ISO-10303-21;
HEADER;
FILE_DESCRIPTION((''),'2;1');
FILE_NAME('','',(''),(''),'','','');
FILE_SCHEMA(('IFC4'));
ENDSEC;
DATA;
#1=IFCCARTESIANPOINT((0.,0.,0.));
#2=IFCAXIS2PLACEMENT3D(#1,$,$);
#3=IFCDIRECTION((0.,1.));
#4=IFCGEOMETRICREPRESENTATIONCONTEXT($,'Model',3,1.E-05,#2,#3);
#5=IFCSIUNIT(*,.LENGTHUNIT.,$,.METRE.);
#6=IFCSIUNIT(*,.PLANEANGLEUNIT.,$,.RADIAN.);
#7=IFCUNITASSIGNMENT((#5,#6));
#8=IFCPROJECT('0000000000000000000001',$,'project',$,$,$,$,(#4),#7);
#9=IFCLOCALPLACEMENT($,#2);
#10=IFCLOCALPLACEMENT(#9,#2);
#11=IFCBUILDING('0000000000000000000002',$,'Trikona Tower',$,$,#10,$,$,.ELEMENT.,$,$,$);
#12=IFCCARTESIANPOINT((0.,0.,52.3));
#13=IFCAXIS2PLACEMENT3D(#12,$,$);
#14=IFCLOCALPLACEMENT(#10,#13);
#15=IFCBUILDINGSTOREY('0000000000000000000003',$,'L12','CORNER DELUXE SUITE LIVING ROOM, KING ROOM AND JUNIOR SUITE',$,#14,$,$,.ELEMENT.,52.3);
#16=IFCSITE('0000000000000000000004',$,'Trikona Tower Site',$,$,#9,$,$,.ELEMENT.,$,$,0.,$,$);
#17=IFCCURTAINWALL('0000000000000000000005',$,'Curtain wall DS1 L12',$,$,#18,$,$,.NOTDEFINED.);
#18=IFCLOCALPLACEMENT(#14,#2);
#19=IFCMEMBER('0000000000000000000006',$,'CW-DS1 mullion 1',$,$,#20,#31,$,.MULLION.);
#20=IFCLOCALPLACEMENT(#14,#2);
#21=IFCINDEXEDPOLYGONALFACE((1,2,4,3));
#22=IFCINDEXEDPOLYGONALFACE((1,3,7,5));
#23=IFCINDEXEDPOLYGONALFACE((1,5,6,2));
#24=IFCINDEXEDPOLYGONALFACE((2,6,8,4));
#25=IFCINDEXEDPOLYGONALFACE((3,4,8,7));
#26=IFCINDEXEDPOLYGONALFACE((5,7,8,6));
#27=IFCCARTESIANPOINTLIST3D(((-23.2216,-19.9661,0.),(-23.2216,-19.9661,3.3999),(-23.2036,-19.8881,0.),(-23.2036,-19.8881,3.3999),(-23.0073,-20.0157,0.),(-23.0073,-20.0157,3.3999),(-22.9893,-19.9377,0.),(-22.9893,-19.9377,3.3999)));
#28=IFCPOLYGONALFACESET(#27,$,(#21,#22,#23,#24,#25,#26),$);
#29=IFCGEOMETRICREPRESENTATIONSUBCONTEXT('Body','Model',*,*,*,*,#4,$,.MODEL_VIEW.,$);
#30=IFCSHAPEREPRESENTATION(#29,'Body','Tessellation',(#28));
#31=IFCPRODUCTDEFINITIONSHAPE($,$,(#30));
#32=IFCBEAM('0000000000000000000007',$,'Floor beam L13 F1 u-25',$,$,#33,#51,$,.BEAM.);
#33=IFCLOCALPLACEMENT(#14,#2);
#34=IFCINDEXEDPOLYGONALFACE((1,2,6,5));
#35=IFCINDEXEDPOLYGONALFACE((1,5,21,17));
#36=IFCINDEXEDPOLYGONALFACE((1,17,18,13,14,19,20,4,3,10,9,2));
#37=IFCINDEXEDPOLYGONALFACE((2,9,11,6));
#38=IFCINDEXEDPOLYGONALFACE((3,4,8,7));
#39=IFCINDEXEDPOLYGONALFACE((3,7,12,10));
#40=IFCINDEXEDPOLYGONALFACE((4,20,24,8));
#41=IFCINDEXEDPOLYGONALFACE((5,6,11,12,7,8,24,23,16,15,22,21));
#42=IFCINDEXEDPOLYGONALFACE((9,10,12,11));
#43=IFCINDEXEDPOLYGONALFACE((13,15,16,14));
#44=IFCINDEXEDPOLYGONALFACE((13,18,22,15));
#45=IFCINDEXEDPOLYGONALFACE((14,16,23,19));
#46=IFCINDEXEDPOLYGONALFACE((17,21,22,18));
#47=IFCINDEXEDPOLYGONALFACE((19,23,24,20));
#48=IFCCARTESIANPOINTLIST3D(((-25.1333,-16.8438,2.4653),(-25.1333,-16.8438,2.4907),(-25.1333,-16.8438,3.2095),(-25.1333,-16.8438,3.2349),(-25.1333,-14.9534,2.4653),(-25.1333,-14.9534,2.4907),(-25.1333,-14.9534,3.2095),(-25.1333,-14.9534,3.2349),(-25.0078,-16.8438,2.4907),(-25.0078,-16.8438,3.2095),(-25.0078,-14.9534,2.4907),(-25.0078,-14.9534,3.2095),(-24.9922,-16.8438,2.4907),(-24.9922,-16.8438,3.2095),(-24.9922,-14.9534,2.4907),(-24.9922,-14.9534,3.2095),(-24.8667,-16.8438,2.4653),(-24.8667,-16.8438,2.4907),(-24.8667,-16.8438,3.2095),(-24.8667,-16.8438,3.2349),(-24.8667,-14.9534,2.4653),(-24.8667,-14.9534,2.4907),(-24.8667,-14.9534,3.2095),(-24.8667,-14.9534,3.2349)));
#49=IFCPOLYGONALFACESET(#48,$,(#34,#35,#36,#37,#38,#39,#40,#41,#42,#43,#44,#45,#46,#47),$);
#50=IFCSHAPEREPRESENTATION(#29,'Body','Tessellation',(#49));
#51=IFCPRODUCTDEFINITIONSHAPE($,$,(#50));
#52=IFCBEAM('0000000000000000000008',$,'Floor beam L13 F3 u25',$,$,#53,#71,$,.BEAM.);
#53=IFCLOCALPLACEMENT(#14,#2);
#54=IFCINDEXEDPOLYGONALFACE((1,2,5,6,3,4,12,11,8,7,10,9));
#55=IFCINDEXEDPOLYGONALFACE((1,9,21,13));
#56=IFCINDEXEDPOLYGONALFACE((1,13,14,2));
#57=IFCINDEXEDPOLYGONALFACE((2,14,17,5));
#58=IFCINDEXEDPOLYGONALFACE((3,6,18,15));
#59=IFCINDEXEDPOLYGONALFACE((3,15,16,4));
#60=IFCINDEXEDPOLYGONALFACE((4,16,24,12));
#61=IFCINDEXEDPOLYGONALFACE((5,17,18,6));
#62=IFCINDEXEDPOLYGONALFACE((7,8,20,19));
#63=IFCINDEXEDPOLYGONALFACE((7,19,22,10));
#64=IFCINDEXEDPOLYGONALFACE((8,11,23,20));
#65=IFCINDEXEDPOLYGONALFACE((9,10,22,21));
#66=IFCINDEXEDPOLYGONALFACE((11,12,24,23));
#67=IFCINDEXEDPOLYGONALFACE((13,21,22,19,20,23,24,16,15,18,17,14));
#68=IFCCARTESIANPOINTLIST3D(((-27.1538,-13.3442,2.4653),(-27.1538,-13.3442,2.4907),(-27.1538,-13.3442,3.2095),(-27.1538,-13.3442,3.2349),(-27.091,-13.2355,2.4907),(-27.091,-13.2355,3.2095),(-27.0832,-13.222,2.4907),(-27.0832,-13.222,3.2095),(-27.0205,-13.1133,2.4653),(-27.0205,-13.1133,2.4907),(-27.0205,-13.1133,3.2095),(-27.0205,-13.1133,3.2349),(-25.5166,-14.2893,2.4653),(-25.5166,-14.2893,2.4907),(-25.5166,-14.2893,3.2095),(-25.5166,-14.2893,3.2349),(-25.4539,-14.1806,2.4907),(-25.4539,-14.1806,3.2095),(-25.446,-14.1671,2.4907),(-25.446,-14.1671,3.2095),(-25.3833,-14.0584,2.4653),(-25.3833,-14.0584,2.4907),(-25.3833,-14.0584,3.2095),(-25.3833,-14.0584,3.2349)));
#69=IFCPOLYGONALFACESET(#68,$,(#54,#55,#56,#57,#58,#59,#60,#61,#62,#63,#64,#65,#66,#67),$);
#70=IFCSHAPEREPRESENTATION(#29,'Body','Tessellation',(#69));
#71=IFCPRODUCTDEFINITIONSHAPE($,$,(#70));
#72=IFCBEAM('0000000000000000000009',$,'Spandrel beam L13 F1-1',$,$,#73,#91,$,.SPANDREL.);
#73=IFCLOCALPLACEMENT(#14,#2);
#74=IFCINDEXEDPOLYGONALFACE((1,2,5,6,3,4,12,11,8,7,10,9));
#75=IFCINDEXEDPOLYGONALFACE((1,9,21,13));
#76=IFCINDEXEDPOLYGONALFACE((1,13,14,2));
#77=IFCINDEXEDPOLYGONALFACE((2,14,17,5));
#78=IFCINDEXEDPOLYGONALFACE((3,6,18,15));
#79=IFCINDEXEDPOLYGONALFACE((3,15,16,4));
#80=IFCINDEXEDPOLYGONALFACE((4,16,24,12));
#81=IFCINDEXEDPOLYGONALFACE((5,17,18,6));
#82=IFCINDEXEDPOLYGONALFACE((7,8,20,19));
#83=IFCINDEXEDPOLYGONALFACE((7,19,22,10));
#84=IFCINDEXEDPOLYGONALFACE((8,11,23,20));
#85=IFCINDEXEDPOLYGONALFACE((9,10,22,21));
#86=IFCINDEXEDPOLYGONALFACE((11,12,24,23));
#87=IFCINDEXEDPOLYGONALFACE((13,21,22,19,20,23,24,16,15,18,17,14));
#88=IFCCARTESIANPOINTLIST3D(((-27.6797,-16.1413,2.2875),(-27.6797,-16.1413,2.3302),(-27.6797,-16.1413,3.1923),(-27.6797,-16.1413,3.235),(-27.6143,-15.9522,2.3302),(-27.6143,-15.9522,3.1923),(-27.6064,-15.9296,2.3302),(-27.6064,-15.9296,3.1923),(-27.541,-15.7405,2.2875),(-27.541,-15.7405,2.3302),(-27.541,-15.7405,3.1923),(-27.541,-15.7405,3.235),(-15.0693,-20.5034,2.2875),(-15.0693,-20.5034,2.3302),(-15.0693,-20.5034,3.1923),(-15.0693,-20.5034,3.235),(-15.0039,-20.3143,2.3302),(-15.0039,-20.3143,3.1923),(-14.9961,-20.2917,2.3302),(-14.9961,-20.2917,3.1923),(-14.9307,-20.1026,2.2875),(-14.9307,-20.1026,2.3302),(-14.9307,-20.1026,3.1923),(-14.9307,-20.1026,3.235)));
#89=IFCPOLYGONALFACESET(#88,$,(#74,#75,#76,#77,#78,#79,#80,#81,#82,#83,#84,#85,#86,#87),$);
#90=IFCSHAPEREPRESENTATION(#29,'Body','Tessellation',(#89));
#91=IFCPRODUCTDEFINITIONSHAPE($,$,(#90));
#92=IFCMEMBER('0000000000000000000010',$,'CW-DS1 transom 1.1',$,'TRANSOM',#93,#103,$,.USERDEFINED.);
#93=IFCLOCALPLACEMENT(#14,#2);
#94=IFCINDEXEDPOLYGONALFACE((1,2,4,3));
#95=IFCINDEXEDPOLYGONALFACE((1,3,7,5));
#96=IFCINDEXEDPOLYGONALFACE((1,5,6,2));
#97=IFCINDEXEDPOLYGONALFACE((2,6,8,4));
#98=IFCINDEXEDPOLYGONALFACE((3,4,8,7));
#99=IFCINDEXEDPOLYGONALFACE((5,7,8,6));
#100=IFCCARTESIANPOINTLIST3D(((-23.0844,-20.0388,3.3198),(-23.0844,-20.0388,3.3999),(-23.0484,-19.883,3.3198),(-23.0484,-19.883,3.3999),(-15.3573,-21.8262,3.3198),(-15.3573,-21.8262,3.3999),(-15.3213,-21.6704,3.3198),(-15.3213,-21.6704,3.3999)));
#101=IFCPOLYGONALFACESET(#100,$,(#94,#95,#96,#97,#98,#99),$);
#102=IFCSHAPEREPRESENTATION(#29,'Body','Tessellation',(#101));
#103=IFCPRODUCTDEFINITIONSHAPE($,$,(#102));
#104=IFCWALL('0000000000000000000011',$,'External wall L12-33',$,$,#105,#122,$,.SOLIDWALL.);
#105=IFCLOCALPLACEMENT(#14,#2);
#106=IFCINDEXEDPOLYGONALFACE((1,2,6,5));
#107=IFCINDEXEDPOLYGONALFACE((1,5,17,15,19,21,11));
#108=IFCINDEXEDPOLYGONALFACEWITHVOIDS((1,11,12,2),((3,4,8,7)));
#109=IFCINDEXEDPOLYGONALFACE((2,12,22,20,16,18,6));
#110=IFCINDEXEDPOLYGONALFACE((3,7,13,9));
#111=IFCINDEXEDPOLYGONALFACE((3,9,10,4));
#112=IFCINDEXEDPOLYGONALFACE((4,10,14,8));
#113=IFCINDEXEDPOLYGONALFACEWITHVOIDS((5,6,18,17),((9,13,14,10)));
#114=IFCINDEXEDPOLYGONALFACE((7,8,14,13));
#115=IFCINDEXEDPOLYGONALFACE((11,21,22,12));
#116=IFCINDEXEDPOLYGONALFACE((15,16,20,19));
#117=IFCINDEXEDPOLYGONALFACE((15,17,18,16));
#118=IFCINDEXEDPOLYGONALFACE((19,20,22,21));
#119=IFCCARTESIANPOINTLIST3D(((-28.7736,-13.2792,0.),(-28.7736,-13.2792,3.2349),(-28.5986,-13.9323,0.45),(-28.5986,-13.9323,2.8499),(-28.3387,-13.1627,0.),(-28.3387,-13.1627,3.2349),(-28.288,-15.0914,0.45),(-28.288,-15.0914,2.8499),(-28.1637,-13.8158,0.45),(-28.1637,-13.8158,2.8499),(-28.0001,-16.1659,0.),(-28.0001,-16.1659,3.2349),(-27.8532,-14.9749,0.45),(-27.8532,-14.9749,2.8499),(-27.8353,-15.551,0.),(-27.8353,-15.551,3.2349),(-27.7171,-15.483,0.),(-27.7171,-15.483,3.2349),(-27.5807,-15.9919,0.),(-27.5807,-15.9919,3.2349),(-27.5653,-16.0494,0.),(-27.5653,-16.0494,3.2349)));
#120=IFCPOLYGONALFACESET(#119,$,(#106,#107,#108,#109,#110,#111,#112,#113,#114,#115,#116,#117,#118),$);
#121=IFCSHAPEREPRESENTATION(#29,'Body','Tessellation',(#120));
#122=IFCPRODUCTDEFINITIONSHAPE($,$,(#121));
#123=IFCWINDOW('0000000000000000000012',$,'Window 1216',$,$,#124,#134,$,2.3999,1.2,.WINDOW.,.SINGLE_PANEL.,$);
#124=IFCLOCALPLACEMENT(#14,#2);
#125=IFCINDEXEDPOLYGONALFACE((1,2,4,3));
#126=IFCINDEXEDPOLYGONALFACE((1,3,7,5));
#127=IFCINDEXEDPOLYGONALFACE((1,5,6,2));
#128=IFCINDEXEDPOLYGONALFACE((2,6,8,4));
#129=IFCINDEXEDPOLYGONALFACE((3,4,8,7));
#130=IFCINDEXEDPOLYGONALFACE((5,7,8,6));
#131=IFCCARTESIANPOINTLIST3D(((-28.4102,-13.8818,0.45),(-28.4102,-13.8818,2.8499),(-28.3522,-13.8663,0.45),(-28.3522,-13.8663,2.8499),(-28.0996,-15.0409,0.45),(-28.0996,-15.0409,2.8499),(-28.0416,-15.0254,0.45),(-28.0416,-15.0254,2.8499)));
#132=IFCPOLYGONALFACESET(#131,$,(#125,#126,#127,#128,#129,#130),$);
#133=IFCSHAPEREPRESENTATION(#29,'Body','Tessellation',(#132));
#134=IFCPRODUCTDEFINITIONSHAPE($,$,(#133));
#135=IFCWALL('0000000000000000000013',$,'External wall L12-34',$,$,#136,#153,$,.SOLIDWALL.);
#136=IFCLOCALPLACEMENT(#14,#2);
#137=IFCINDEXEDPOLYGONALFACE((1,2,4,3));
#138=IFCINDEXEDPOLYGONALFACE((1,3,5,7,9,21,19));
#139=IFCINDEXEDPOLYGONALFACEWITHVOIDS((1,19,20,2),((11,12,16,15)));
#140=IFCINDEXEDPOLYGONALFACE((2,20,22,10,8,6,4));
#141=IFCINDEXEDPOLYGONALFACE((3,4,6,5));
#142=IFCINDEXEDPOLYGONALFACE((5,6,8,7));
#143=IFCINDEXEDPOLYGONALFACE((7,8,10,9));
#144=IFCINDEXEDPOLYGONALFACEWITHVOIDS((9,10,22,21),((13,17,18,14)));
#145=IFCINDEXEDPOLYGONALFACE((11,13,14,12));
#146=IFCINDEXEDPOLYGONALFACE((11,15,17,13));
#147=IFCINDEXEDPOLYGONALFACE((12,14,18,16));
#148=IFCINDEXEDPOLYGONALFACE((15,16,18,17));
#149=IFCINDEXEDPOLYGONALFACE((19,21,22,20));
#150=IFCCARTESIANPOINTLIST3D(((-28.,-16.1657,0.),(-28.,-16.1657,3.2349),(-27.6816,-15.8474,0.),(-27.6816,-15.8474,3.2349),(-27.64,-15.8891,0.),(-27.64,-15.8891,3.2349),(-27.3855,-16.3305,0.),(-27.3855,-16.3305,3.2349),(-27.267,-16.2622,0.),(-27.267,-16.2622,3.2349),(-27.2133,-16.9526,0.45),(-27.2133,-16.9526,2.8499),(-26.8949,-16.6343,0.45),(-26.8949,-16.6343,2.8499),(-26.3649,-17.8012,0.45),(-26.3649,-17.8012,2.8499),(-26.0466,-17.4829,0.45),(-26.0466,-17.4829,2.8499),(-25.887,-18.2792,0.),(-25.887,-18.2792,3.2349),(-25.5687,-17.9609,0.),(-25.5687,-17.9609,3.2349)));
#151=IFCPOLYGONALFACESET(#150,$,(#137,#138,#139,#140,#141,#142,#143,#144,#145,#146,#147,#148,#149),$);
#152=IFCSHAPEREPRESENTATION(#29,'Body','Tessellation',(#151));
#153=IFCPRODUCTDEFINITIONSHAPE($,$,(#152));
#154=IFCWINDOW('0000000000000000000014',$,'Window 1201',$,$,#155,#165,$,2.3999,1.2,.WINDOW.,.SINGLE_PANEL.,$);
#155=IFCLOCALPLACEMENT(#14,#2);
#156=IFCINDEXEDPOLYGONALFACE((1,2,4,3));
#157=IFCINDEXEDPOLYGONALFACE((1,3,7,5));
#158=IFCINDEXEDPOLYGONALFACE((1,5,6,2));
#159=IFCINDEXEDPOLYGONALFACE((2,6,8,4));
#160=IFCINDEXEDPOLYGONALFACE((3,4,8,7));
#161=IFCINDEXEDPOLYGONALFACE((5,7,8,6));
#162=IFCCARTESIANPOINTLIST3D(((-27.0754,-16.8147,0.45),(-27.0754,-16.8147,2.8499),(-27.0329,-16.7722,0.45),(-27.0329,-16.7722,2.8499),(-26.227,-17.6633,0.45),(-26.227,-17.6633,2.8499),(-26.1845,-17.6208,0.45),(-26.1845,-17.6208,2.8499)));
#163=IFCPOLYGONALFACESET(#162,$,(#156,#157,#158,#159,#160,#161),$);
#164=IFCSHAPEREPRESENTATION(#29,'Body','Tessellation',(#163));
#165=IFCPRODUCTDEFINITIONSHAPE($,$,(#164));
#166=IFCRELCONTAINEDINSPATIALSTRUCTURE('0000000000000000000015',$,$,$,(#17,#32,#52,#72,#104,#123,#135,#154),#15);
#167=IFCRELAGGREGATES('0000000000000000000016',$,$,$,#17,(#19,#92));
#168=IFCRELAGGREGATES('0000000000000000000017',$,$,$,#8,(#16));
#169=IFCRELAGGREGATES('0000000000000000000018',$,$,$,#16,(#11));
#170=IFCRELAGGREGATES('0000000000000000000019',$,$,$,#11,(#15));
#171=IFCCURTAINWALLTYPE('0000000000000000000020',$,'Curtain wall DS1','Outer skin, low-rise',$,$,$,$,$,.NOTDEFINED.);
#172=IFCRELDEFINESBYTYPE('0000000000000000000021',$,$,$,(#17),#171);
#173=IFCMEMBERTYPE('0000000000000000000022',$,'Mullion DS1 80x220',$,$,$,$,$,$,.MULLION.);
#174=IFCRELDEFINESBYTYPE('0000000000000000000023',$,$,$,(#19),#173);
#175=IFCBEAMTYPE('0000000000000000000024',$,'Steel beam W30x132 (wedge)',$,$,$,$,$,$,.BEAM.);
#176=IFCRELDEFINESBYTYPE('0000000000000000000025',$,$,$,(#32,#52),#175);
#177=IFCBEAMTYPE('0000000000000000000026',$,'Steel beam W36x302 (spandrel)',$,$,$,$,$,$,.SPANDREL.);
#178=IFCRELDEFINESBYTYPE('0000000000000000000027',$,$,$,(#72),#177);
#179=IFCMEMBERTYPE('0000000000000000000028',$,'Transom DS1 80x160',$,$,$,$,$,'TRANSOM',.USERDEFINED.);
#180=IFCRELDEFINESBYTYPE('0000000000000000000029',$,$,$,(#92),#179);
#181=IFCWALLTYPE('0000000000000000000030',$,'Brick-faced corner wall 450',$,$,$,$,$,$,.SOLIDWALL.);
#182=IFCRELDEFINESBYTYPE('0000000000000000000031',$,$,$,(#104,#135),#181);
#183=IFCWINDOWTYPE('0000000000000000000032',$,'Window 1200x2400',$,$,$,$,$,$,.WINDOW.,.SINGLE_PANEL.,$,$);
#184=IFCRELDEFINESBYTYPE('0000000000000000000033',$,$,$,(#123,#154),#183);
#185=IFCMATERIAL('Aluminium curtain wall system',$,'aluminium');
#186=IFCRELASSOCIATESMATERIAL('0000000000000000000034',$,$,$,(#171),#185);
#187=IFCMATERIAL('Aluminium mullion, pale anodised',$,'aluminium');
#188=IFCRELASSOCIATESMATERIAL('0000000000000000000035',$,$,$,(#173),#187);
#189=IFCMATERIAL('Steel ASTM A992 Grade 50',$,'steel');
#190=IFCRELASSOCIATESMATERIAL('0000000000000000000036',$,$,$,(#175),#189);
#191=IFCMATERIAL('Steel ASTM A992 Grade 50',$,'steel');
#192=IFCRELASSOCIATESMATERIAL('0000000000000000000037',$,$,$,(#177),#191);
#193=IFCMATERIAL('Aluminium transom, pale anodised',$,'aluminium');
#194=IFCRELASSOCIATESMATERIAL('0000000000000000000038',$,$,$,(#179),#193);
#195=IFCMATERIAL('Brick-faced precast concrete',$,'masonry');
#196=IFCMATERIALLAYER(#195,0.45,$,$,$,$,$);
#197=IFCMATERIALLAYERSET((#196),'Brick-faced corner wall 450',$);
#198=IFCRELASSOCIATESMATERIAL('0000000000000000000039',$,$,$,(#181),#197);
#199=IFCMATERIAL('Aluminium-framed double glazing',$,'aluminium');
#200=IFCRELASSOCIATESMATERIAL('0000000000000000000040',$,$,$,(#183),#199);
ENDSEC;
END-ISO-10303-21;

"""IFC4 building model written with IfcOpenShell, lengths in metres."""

from ifc_helpers import new_model, si_unit, direction, frame, frame_2d, origin, origin_2d, place, context, subcontext, project, spatial, polyline, rectangle, i_section, outline, extrude, material, layer, layer_set, material_profile, profile_set, type_object, element, fill, aggregate, save


model = new_model("IFC4")

# Units and contexts
model_context = context("Model", 3, precision=1e-05, world=origin(), true_north=direction((0.0, 1.0)))
body_context = subcontext(model_context, "Body", "Model", "MODEL_VIEW")
ifc_project = project(units=[si_unit("LENGTHUNIT", "METRE"), si_unit("PLANEANGLEUNIT", "RADIAN")], contexts=[model_context])

# Site, building, storey
site_placement = place(None, origin())
site = spatial("IfcSite", under=ifc_project, at=site_placement, Name="Trikona Tower Site", CompositionType="ELEMENT", RefElevation=0.0)
building_placement = place(site_placement, origin())
building = spatial("IfcBuilding", under=site, at=building_placement, Name="Trikona Tower", CompositionType="ELEMENT")
storey_placement = place(building_placement, frame((0.0, 0.0, 52.3)))
storey = spatial("IfcBuildingStorey", under=building, at=storey_placement, Name="L12", Description="CORNER DELUXE SUITE LIVING ROOM, KING ROOM AND JUNIOR SUITE", CompositionType="ELEMENT", Elevation=52.3)

# Curtain wall, member
ifc_material_1 = material(Name="Aluminium curtain wall system", Category="aluminium")
curtain_wall_type = type_object("IfcCurtainWallType", Name="Curtain wall DS1", Description="Outer skin, low-rise", PredefinedType="NOTDEFINED", material=ifc_material_1)
curtain_wall_placement = place(storey_placement, origin())
curtain_wall = element("IfcCurtainWall", 1, at=curtain_wall_placement, inside=storey, type_object=curtain_wall_type, Name="Curtain wall DS1 L12", PredefinedType="NOTDEFINED")
ifc_material_2 = material(Name="Aluminium mullion, pale anodised", Category="aluminium")
ifc_material_profile_1 = material_profile(ifc_material_2, rectangle(XDim=0.0801, YDim=0.22, at=origin_2d()), Name="MUL-DS1")
ifc_profile_set_1 = profile_set([ifc_material_profile_1], Name="Aluminium mullion, pale anodised")
member_type_1 = type_object("IfcMemberType", Name="Mullion DS1 80x220", PredefinedType="MULLION", material=ifc_profile_set_1)
member_1_placement = place(storey_placement, frame((-23.1055, -19.9519, 0.0), z_axis=(0.0, 0.0, 1.0), x_axis=(0.225343, 0.974279, 0.0)))
member_1 = element("IfcMember", 2, at=member_1_placement, type_object=member_type_1, Name="CW-DS1 mullion 1", PredefinedType="MULLION", context=body_context, shape_type="SweptSolid", body=[
    extrude(rectangle(XDim=0.0801, YDim=0.22, at=origin_2d()), origin(), (0.0, 0.0, 1.0), 3.3999),
])

# Beams
ifc_material_3 = material(Name="Steel ASTM A992 Grade 50", Category="steel")
ifc_material_profile_2 = material_profile(ifc_material_3, i_section(OverallWidth=0.2666, OverallDepth=0.7695, WebThickness=0.0156, FlangeThickness=0.0254, at=origin_2d()), Name="W30X132")
ifc_profile_set_2 = profile_set([ifc_material_profile_2], Name="Steel ASTM A992 Grade 50")
beam_type_1 = type_object("IfcBeamType", Name="Steel beam W30x132 (wedge)", PredefinedType="BEAM", material=ifc_profile_set_2)
for number, where, z_axis, x_axis, name in (
    (3, (-25.0, -14.9534, 2.8501), (0.0, -1.0, 0.0), (1.0, 0.0, 0.0), "Floor beam L13 F1 u-25"),
    (4, (-25.45, -14.1738, 2.8501), (-0.866065, 0.499931, 0.0), (-0.499931, -0.866065, 0.0), "Floor beam L13 F3 u25"),
):
    element("IfcBeam", number, at=place(storey_placement, frame(where, z_axis=z_axis, x_axis=x_axis)), inside=storey, type_object=beam_type_1, Name=name, PredefinedType="BEAM", context=body_context, shape_type="SweptSolid", body=[
        extrude(i_section(OverallWidth=0.2666, OverallDepth=0.7695, WebThickness=0.0156, FlangeThickness=0.0254, at=origin_2d()), origin(), (0.0, 0.0, 1.0), 1.8904),
    ])
ifc_material_4 = material(Name="Steel ASTM A992 Grade 50", Category="steel")
ifc_material_profile_3 = material_profile(ifc_material_4, i_section(OverallWidth=0.4241, OverallDepth=0.9475, WebThickness=0.0239, FlangeThickness=0.0427, at=origin_2d()), Name="W36X302")
ifc_profile_set_3 = profile_set([ifc_material_profile_3], Name="Steel ASTM A992 Grade 50")
beam_type_2 = type_object("IfcBeamType", Name="Steel beam W36x302 (spandrel)", PredefinedType="SPANDREL", material=ifc_profile_set_3)
beam_placement = place(storey_placement, frame((-27.6104, -15.9409, 2.7612), z_axis=(0.945057, -0.326906, 0.0), x_axis=(0.326906, 0.945057, 0.0)))
element("IfcBeam", 5, at=beam_placement, inside=storey, type_object=beam_type_2, Name="Spandrel beam L13 F1-1", PredefinedType="SPANDREL", context=body_context, shape_type="SweptSolid", body=[
    extrude(i_section(OverallWidth=0.4241, OverallDepth=0.9475, WebThickness=0.0239, FlangeThickness=0.0427, at=origin_2d()), origin(), (0.0, 0.0, 1.0), 13.3435),
])

# Member
ifc_material_5 = material(Name="Aluminium transom, pale anodised", Category="aluminium")
ifc_material_profile_4 = material_profile(ifc_material_5, rectangle(XDim=0.1599, YDim=0.0801, at=origin_2d()), Name="TRN-DS1")
ifc_profile_set_4 = profile_set([ifc_material_profile_4], Name="Aluminium transom, pale anodised")
member_type_2 = type_object("IfcMemberType", Name="Transom DS1 80x160", ElementType="TRANSOM", PredefinedType="USERDEFINED", material=ifc_profile_set_4)
member_2_placement = place(storey_placement, frame((-23.0664, -19.9609, 3.3599), z_axis=(0.974275, -0.225361, 0.0), x_axis=(0.225361, 0.974275, 0.0)))
member_2 = element("IfcMember", 6, at=member_2_placement, type_object=member_type_2, Name="CW-DS1 transom 1.1", ObjectType="TRANSOM", PredefinedType="USERDEFINED", context=body_context, shape_type="SweptSolid", body=[
    extrude(rectangle(XDim=0.1599, YDim=0.0801, at=origin_2d()), origin(), (0.0, 0.0, 1.0), 7.9312),
])
aggregate(curtain_wall, [member_1, member_2])

# Walls, openings, windows
ifc_material_6 = material(Name="Brick-faced precast concrete", Category="masonry")
ifc_layer_1 = layer(ifc_material_6, 0.45)
ifc_layer_set_1 = layer_set([ifc_layer_1], Name="Brick-faced corner wall 450")
wall_type_1 = type_object("IfcWallType", Name="Brick-faced corner wall 450", PredefinedType="SOLIDWALL", material=ifc_layer_set_1)
wall_1_placement = place(storey_placement, frame((-28.5562, -13.2209, 0.0), z_axis=(0.0, 0.0, 1.0), x_axis=(0.258801, -0.965931, 0.0)))
wall_1 = element("IfcWall", 7, at=wall_1_placement, inside=storey, type_object=wall_type_1, Name="External wall L12-33", PredefinedType="SOLIDWALL", context=body_context, shape_type="SweptSolid", body=[
    extrude(outline(polyline([(2.9885, 0.2251), (2.929, 0.2251), (2.4373, 0.0933), (2.4021, 0.2251), (0.0, 0.2251), (0.0, -0.2251), (2.9885, -0.2251), (2.9885, 0.2251)])), origin(), (0.0, 0.0, 1.0), 3.2349),
])
opening_1_placement = place(wall_1_placement, frame((0.676, 0.0, 0.45)))
opening_1 = element("IfcOpeningElement", 8, at=opening_1_placement, cuts=wall_1, PredefinedType="OPENING", context=body_context, shape_type="SweptSolid", body=[
    extrude(rectangle(XDim=1.2, YDim=2.3999, at=frame_2d((0.6001, 1.2))), frame((0.0, 0.2349, 0.0), z_axis=(0.0, -1.0, 0.0), x_axis=(1.0, 0.0, 0.0)), (0.0, 0.0, 1.0), 0.47),
])
ifc_material_7 = material(Name="Aluminium-framed double glazing", Category="aluminium")
window_type_1 = type_object("IfcWindowType", Name="Window 1200x2400", PartitioningType="SINGLE_PANEL", PredefinedType="WINDOW", material=ifc_material_7)
window_1_placement = place(opening_1_placement, origin())
window_1 = element("IfcWindow", 9, at=window_1_placement, inside=storey, type_object=window_type_1, Name="Window 1216", OverallHeight=2.3999, OverallWidth=1.2, PartitioningType="SINGLE_PANEL", PredefinedType="WINDOW", context=body_context, shape_type="SweptSolid", body=[
    extrude(rectangle(XDim=1.2, YDim=2.3999, at=frame_2d((0.6001, 1.2))), frame((0.0, 0.03, 0.0), z_axis=(0.0, -1.0, 0.0), x_axis=(1.0, 0.0, 0.0)), (0.0, 0.0, 1.0), 0.0601),
])
fill(opening_1, window_1)
wall_2_placement = place(storey_placement, frame((-27.8408, -16.0066, 0.0), z_axis=(0.0, 0.0, 1.0), x_axis=(0.707025, -0.707188, 0.0)))
wall_2 = element("IfcWall", 10, at=wall_2_placement, inside=storey, type_object=wall_type_1, Name="External wall L12-34", PredefinedType="SOLIDWALL", context=body_context, shape_type="SweptSolid", body=[
    extrude(outline(polyline([(2.9885, 0.2251), (0.5864, 0.2251), (0.551, 0.093), (0.0588, 0.2251), (0.0, 0.2251), (0.0, -0.2251), (2.9885, -0.2251), (2.9885, 0.2251)])), origin(), (0.0, 0.0, 1.0), 3.2349),
])
opening_2_placement = place(wall_2_placement, frame((1.1125, 0.0, 0.45)))
opening_2 = element("IfcOpeningElement", 11, at=opening_2_placement, cuts=wall_2, PredefinedType="OPENING", context=body_context, shape_type="SweptSolid", body=[
    extrude(rectangle(XDim=1.2, YDim=2.3999, at=frame_2d((0.6001, 1.2))), frame((0.0, 0.2349, 0.0), z_axis=(0.0, -1.0, 0.0), x_axis=(1.0, 0.0, 0.0)), (0.0, 0.0, 1.0), 0.47),
])
window_2_placement = place(opening_2_placement, origin())
window_2 = element("IfcWindow", 12, at=window_2_placement, inside=storey, type_object=window_type_1, Name="Window 1201", OverallHeight=2.3999, OverallWidth=1.2, PartitioningType="SINGLE_PANEL", PredefinedType="WINDOW", context=body_context, shape_type="SweptSolid", body=[
    extrude(rectangle(XDim=1.2, YDim=2.3999, at=frame_2d((0.6001, 1.2))), frame((0.0, 0.03, 0.0), z_axis=(0.0, -1.0, 0.0), x_axis=(1.0, 0.0, 0.0)), (0.0, 0.0, 1.0), 0.0601),
])
fill(opening_2, window_2)

save(model, "model.ifc")
